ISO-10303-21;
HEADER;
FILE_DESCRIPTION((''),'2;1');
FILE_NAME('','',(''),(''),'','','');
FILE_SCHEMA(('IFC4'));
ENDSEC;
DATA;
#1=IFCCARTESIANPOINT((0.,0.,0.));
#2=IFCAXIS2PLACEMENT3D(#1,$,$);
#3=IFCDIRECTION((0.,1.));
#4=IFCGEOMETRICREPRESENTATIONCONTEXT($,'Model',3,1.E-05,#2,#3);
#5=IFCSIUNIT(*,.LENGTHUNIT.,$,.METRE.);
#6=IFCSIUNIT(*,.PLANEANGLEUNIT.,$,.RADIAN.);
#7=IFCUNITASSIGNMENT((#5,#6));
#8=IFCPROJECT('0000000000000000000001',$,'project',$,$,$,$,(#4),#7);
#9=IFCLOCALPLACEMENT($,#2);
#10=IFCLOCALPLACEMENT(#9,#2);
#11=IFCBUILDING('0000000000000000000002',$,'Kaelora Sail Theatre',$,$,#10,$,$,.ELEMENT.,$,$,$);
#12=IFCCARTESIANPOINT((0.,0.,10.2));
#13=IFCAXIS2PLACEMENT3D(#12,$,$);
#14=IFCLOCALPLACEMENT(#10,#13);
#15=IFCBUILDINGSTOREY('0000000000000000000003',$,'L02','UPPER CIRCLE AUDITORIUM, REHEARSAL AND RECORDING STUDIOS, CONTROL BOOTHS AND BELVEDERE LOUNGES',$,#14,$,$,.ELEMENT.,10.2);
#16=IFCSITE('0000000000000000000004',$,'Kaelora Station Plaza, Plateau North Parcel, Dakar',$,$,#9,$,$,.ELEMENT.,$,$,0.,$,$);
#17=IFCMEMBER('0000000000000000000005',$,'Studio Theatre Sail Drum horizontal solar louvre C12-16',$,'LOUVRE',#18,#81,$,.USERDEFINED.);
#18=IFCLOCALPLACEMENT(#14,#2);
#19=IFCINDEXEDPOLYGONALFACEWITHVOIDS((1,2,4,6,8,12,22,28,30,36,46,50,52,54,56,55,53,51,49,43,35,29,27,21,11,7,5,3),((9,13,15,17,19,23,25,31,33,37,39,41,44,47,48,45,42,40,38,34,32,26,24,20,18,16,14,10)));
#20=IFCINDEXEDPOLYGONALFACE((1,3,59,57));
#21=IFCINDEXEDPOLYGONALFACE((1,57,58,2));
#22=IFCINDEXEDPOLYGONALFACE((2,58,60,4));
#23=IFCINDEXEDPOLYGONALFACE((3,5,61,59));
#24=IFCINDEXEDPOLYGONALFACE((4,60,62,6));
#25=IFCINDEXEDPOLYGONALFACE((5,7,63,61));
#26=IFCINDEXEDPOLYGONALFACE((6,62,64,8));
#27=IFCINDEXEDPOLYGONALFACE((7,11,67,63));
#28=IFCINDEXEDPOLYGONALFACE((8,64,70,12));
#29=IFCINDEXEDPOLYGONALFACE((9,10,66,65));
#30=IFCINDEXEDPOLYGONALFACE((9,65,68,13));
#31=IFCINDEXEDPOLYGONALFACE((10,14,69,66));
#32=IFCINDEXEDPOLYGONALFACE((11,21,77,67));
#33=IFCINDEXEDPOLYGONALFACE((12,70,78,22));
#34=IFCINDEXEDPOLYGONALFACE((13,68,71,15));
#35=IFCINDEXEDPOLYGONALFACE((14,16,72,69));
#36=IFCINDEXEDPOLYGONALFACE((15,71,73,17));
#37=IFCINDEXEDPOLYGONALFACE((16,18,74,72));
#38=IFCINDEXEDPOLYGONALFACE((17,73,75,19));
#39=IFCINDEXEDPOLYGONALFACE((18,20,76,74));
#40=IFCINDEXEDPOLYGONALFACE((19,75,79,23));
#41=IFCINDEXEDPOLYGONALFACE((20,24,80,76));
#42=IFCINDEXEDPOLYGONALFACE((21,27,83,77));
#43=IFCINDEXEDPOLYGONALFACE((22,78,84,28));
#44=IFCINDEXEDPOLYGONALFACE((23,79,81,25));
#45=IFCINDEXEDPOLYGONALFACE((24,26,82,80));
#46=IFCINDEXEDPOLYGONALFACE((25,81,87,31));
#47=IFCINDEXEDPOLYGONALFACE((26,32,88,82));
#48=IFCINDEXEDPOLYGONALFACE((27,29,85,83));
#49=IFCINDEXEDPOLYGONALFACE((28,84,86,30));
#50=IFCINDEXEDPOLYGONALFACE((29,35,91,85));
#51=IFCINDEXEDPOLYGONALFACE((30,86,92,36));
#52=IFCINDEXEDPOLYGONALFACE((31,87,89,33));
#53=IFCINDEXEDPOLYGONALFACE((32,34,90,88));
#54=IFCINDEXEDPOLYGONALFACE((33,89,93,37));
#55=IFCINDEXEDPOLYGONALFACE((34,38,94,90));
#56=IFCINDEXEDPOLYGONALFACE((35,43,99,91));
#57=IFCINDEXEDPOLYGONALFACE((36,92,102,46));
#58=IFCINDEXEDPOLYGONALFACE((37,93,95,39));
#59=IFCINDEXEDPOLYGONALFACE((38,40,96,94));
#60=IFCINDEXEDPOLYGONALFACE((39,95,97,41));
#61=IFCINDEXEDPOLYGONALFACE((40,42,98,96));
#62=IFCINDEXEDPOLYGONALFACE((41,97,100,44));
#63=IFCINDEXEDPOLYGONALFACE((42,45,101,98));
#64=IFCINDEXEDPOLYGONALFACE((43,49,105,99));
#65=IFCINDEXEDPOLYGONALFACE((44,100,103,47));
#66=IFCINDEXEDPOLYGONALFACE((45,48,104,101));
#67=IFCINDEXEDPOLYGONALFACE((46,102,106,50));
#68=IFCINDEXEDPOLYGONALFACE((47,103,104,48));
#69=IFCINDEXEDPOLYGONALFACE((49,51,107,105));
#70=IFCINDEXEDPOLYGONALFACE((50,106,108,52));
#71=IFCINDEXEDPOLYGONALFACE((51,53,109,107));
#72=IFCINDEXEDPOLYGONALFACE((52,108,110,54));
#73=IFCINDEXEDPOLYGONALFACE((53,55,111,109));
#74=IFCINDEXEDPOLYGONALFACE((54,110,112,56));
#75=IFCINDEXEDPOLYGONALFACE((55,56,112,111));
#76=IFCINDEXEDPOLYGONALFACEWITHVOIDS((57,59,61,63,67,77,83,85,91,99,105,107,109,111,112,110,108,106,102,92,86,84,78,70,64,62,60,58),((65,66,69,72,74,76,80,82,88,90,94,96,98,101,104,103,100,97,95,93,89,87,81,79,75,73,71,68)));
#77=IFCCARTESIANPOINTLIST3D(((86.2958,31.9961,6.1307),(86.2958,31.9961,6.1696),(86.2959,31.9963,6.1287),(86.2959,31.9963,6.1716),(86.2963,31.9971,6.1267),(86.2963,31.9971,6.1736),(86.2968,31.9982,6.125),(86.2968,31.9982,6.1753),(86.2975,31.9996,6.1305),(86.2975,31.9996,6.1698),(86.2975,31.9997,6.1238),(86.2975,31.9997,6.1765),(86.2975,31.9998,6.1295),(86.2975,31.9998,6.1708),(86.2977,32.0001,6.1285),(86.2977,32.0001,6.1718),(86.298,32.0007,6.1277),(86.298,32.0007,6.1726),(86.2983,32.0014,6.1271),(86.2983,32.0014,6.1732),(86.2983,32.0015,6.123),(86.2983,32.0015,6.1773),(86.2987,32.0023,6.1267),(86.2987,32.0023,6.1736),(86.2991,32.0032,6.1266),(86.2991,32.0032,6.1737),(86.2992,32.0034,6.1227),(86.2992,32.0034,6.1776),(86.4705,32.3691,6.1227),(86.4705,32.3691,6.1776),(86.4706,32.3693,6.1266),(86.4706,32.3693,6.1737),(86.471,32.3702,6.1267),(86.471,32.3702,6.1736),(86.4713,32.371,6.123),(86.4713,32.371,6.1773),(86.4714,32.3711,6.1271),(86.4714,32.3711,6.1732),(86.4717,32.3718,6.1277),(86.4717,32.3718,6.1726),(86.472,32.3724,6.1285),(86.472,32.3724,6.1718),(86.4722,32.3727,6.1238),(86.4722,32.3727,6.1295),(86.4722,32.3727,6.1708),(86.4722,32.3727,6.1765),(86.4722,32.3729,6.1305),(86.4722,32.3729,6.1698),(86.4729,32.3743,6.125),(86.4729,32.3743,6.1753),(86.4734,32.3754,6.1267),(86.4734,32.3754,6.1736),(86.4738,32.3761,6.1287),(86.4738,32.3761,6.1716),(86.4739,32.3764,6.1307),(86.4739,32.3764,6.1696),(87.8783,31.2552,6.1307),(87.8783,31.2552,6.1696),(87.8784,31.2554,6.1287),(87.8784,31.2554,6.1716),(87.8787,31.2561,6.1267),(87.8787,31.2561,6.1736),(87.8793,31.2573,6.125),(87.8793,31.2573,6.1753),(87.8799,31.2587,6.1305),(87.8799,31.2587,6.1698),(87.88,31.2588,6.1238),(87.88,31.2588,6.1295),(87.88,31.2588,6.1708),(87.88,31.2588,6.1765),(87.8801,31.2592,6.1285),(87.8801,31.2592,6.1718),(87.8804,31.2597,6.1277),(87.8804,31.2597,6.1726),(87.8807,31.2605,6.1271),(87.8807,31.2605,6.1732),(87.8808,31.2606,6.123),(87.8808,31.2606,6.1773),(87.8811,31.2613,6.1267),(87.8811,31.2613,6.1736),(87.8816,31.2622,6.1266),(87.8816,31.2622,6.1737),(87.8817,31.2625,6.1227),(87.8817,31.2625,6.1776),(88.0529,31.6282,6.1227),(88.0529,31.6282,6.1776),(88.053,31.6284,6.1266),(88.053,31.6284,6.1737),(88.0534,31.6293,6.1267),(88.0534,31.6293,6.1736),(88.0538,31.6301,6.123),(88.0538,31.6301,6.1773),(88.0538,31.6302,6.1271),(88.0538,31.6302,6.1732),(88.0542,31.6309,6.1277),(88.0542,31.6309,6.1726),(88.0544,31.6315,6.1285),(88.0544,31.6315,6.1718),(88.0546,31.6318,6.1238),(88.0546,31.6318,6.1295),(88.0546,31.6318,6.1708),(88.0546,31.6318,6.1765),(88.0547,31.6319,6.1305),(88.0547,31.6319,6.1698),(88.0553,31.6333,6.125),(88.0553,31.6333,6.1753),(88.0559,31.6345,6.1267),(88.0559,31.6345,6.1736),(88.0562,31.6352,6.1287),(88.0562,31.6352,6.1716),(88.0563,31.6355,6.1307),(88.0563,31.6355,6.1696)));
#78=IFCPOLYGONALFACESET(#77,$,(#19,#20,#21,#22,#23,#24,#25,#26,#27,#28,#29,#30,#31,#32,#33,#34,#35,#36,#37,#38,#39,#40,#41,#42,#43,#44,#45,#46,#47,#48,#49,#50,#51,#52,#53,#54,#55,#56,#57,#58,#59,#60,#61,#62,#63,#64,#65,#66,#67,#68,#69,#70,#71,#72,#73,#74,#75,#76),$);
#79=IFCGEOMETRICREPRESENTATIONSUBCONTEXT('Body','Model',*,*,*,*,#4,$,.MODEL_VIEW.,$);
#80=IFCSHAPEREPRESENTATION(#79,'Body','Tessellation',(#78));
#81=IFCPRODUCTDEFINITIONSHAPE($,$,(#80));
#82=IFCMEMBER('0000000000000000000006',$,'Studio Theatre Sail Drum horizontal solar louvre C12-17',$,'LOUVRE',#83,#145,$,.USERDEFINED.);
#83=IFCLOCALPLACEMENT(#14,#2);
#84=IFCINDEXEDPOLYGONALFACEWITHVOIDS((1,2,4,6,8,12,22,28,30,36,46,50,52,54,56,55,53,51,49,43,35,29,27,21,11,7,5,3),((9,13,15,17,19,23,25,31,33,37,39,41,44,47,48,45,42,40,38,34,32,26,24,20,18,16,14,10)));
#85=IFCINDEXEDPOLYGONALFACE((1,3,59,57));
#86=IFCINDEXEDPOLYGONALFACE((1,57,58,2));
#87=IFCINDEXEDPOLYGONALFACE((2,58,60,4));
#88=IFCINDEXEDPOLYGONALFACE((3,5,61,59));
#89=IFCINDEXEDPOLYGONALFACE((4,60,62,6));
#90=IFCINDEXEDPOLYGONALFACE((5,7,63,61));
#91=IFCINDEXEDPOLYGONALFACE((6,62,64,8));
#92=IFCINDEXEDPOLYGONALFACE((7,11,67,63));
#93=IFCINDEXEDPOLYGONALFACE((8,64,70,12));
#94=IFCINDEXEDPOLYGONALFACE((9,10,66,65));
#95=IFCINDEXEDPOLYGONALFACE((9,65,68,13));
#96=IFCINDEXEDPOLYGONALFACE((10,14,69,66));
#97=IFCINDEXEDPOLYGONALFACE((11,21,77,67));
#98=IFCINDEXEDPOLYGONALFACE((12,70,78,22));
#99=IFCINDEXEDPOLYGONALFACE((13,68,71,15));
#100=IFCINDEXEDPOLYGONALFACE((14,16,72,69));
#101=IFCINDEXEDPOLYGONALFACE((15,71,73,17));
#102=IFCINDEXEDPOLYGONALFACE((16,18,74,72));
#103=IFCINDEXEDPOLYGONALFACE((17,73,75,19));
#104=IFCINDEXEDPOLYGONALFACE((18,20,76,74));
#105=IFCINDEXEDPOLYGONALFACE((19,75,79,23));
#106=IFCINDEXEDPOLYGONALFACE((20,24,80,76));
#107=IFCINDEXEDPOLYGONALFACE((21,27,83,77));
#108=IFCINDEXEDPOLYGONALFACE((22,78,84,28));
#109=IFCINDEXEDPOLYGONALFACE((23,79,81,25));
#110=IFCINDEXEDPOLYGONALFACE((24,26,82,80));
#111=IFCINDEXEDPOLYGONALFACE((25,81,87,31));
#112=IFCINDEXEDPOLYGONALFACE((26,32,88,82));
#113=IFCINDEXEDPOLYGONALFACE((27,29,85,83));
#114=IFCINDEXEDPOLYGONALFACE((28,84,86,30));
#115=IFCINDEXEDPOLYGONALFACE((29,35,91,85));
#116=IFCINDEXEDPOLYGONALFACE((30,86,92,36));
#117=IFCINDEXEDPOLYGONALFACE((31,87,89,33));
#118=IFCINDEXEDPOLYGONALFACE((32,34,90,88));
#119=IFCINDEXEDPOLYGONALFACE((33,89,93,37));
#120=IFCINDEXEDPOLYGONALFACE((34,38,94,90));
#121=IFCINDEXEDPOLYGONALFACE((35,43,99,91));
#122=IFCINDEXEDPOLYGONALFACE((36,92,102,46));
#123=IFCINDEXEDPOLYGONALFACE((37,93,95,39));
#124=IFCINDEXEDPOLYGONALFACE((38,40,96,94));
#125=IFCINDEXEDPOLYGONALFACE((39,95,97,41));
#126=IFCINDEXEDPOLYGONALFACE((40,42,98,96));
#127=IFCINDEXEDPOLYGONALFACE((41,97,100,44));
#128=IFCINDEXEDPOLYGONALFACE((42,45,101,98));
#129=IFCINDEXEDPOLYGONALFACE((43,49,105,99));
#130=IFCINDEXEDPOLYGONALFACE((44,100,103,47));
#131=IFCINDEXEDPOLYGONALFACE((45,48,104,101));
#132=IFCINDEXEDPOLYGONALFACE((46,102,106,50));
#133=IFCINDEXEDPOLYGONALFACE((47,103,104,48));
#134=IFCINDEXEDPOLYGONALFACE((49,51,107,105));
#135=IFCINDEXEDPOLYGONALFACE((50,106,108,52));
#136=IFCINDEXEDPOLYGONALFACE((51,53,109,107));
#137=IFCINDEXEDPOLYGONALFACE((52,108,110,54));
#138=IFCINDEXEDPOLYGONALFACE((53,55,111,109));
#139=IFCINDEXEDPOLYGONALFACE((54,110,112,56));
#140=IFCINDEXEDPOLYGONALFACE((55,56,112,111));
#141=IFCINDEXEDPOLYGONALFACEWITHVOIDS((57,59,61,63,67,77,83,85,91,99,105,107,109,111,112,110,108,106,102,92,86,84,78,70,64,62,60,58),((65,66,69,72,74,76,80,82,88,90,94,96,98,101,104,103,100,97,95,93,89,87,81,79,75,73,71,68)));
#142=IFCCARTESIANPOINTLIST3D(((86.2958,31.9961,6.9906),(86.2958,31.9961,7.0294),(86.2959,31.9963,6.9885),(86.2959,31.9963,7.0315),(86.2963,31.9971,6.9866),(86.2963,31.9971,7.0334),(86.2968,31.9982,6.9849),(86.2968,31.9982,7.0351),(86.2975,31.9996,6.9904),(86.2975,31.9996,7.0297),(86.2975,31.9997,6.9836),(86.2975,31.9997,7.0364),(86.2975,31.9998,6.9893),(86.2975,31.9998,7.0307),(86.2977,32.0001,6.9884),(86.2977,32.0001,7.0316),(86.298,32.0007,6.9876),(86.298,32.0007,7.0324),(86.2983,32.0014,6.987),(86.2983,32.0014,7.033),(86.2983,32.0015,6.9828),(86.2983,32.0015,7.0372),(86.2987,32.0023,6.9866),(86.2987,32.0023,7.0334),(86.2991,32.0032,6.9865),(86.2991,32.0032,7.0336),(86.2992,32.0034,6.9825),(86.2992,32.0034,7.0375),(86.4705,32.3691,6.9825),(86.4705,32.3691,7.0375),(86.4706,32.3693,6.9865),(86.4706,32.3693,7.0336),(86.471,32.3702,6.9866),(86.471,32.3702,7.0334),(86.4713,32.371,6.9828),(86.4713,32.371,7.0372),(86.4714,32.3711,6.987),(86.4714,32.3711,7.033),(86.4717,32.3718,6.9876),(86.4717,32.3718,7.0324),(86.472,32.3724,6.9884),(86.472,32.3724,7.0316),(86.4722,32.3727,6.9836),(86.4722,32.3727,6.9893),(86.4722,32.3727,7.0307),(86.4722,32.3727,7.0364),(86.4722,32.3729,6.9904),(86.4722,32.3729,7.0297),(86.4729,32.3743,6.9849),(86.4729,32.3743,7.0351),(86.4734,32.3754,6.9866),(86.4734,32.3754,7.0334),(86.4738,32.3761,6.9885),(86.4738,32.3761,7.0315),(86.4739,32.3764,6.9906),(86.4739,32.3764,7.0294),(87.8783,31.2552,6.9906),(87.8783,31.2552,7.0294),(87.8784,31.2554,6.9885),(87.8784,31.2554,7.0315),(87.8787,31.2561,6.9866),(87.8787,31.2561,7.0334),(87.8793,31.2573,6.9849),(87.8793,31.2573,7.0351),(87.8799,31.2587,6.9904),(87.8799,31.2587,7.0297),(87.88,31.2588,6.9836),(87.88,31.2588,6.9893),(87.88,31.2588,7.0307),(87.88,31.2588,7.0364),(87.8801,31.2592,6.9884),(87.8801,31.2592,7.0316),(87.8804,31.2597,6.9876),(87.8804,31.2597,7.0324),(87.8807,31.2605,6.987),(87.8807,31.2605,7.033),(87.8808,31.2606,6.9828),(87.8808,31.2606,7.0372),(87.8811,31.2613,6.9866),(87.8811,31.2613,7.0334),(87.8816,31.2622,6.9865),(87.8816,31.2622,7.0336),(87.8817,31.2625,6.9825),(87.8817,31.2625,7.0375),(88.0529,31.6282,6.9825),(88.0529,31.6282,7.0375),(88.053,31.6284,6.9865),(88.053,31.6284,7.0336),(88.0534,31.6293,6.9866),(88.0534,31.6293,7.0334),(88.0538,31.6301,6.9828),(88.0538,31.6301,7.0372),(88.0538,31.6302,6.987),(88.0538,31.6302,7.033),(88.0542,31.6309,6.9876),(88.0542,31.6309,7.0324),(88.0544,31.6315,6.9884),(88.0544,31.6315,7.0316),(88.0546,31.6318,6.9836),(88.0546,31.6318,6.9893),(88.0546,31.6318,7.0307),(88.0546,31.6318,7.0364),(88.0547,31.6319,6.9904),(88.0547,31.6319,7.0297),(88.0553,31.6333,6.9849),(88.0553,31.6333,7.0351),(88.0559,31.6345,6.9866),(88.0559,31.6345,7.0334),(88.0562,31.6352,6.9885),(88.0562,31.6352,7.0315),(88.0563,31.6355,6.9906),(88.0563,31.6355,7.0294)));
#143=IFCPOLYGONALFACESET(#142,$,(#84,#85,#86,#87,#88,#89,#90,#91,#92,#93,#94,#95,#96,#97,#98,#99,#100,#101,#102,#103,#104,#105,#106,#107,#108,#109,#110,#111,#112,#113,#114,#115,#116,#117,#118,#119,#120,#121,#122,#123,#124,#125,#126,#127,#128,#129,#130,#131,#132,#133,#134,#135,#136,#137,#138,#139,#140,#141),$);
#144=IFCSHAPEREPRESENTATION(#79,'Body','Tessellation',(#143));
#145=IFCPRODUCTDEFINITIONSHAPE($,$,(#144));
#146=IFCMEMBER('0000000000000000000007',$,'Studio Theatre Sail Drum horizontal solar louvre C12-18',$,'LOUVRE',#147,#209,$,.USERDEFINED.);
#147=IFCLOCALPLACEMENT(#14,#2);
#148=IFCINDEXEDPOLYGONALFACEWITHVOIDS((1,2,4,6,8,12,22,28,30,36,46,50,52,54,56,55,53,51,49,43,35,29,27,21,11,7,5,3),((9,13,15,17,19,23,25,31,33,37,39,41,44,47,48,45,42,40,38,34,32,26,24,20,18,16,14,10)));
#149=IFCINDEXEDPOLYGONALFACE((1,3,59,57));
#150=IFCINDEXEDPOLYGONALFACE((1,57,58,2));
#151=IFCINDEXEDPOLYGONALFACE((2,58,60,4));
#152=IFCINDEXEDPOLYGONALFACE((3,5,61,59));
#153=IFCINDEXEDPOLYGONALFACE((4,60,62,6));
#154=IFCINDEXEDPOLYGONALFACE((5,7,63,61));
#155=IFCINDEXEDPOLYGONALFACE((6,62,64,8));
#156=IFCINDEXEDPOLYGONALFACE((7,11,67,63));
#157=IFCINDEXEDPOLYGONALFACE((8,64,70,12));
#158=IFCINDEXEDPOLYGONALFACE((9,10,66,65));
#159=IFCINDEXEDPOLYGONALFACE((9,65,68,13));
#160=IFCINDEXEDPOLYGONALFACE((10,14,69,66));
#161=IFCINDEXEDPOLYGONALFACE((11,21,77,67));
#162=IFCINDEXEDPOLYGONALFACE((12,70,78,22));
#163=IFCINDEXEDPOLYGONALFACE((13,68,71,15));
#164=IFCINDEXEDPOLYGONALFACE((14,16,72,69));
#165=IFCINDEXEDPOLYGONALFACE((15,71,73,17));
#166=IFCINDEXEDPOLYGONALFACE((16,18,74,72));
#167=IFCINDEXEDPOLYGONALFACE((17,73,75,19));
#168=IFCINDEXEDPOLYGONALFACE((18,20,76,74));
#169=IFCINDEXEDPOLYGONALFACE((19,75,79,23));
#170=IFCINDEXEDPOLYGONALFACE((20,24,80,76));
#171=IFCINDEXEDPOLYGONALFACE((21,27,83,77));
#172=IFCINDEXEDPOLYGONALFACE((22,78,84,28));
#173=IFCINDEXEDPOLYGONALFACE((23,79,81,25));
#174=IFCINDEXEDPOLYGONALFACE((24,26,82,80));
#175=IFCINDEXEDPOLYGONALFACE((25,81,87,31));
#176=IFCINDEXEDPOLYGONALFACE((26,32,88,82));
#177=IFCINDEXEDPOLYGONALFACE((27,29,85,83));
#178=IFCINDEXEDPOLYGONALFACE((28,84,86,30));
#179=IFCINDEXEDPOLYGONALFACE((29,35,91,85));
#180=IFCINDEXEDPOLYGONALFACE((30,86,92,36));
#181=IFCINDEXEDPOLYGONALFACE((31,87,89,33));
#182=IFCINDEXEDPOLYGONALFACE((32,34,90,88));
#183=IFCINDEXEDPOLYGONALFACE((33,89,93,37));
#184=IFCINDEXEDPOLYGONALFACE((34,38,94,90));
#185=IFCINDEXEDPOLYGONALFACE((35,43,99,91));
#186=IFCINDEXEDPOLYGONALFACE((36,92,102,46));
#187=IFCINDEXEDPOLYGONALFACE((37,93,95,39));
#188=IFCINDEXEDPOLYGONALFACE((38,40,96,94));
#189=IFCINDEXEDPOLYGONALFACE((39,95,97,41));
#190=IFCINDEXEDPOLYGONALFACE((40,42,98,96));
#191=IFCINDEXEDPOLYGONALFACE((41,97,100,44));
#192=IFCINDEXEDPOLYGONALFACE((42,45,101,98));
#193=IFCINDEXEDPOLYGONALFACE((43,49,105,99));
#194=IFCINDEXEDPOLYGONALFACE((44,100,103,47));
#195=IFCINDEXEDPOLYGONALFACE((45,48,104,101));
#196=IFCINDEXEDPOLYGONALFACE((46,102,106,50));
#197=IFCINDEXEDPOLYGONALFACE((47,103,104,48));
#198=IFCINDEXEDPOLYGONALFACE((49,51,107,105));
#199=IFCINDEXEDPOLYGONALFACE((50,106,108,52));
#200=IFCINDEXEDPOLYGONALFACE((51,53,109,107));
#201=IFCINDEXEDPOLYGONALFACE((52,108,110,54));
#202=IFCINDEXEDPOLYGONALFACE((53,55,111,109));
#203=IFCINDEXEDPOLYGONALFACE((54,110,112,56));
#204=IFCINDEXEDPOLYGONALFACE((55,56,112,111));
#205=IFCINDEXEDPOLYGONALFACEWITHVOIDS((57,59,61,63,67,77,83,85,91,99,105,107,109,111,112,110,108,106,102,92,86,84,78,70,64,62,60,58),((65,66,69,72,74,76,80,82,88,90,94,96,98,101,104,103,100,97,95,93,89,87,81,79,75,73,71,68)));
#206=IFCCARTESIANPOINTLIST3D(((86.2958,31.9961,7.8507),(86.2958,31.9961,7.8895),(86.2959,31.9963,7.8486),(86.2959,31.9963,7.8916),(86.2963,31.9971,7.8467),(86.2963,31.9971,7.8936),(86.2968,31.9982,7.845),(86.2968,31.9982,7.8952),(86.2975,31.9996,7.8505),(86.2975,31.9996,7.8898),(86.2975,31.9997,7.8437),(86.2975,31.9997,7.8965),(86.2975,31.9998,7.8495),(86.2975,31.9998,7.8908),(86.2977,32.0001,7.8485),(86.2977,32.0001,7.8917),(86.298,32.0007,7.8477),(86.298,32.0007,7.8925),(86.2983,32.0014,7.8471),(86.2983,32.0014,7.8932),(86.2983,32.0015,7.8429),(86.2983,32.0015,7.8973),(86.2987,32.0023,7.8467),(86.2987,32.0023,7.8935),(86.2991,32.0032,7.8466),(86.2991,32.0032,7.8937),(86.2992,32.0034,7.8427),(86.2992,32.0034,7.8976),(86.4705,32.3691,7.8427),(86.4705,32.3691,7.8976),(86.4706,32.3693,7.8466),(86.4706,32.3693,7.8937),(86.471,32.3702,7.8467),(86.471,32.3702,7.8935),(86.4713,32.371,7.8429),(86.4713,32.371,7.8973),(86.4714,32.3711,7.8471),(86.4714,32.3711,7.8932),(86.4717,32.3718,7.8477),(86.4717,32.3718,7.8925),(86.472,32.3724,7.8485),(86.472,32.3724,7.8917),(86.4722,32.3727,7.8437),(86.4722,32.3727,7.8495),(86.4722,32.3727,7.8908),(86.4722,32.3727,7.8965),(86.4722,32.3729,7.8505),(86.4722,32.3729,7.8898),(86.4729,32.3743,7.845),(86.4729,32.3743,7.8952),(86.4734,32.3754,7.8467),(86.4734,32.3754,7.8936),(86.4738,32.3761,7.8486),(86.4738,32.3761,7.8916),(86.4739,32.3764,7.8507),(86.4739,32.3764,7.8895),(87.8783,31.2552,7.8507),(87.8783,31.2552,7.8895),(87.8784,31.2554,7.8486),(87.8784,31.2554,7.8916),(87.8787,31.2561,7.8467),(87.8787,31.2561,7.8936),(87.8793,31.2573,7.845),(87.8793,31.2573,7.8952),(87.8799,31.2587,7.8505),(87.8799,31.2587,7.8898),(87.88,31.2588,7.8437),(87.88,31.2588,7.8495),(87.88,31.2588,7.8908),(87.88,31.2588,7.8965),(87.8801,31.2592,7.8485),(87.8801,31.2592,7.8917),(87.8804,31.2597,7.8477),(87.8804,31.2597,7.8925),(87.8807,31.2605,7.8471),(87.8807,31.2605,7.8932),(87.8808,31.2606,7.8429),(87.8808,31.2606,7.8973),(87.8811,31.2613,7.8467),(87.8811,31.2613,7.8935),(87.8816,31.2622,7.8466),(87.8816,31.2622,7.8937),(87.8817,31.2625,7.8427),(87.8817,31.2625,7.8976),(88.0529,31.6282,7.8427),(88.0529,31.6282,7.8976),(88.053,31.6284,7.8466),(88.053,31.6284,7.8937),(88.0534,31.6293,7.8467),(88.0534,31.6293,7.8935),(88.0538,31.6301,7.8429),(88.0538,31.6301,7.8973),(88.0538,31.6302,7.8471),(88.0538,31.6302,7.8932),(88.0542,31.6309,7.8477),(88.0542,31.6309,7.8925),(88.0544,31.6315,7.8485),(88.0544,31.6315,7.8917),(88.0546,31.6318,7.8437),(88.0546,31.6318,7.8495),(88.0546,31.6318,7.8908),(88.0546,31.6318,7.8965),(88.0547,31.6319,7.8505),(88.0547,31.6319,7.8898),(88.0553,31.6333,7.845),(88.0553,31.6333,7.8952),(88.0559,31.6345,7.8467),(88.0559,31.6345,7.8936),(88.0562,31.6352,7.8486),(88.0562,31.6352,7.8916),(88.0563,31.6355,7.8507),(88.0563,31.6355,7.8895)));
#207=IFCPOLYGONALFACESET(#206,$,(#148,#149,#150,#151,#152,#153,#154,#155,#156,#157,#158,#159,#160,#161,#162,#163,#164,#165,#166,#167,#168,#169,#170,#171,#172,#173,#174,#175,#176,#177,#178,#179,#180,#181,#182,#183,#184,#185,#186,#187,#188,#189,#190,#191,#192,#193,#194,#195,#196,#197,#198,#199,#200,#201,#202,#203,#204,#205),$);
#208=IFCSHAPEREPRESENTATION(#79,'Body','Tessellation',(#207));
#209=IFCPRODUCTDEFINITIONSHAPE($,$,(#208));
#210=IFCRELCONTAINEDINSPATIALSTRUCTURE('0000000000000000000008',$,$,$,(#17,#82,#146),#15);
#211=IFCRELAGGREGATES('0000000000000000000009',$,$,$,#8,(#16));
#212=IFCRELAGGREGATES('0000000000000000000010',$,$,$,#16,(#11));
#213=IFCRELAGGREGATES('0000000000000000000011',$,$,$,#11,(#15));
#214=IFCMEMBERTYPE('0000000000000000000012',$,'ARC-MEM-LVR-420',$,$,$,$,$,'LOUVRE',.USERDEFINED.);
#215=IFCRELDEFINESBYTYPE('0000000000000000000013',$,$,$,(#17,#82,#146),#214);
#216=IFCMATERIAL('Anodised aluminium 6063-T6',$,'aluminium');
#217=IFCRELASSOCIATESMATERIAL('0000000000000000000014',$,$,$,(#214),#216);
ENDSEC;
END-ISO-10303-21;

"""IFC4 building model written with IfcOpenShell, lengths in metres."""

from ifc_helpers import new_model, si_unit, direction, frame, origin, origin_2d, place, context, subcontext, project, spatial, hollow_rectangle, extrude, material, material_profile, profile_set, type_object, element, save


model = new_model("IFC4")

# Units and contexts
model_context = context("Model", 3, precision=1e-05, world=origin(), true_north=direction((0.0, 1.0)))
body_context = subcontext(model_context, "Body", "Model", "MODEL_VIEW")
ifc_project = project(units=[si_unit("LENGTHUNIT", "METRE"), si_unit("PLANEANGLEUNIT", "RADIAN")], contexts=[model_context])

# Site, building, storey
site_placement = place(None, origin())
site = spatial("IfcSite", under=ifc_project, at=site_placement, Name="Kaelora Station Plaza, Plateau North Parcel, Dakar", CompositionType="ELEMENT", RefElevation=0.0)
building_placement = place(site_placement, origin())
building = spatial("IfcBuilding", under=site, at=building_placement, Name="Kaelora Sail Theatre", CompositionType="ELEMENT")
storey_placement = place(building_placement, frame((0.0, 0.0, 10.2)))
storey = spatial("IfcBuildingStorey", under=building, at=storey_placement, Name="L02", Description="UPPER CIRCLE AUDITORIUM, REHEARSAL AND RECORDING STUDIOS, CONTROL BOOTHS AND BELVEDERE LOUNGES", CompositionType="ELEMENT", Elevation=10.2)

# Members
ifc_material_1 = material(Name="Anodised aluminium 6063-T6", Category="aluminium")
ifc_material_profile_1 = material_profile(ifc_material_1, hollow_rectangle(XDim=0.4199, YDim=0.0549, WallThickness=0.0039, InnerFilletRadius=0.0039, OuterFilletRadius=0.0081, at=origin_2d()), Name="LOUVRE 420x55x4")
ifc_profile_set_1 = profile_set([ifc_material_profile_1], Name="Anodised aluminium 6063-T6")
member_type = type_object("IfcMemberType", Name="ARC-MEM-LVR-420", ElementType="LOUVRE", PredefinedType="USERDEFINED", material=ifc_profile_set_1)
for number, where, z_axis, x_axis, name in (
    (1, (87.9673, 31.4453, 6.1501), (-0.905643, 0.42404, 0.0), (-0.42404, -0.905643, 0.0), "Studio Theatre Sail Drum horizontal solar louvre C12-16"),
    (2, (87.9673, 31.4453, 7.01), (-0.905643, 0.42404, 0.0), (-0.42404, -0.905643, 0.0), "Studio Theatre Sail Drum horizontal solar louvre C12-17"),
    (3, (87.9673, 31.4453, 7.8701), (-0.905643, 0.42404, 0.0), (-0.42404, -0.905643, 0.0), "Studio Theatre Sail Drum horizontal solar louvre C12-18"),
):
    element("IfcMember", number, at=place(storey_placement, frame(where, z_axis=z_axis, x_axis=x_axis)), inside=storey, type_object=member_type, Name=name, ObjectType="LOUVRE", PredefinedType="USERDEFINED", context=body_context, shape_type="SweptSolid", body=[
        extrude(hollow_rectangle(XDim=0.4199, YDim=0.0549, WallThickness=0.0039, InnerFilletRadius=0.0039, OuterFilletRadius=0.0081, at=origin_2d()), origin(), (0.0, 0.0, 1.0), 1.7473),
    ])

save(model, "model.ifc")
